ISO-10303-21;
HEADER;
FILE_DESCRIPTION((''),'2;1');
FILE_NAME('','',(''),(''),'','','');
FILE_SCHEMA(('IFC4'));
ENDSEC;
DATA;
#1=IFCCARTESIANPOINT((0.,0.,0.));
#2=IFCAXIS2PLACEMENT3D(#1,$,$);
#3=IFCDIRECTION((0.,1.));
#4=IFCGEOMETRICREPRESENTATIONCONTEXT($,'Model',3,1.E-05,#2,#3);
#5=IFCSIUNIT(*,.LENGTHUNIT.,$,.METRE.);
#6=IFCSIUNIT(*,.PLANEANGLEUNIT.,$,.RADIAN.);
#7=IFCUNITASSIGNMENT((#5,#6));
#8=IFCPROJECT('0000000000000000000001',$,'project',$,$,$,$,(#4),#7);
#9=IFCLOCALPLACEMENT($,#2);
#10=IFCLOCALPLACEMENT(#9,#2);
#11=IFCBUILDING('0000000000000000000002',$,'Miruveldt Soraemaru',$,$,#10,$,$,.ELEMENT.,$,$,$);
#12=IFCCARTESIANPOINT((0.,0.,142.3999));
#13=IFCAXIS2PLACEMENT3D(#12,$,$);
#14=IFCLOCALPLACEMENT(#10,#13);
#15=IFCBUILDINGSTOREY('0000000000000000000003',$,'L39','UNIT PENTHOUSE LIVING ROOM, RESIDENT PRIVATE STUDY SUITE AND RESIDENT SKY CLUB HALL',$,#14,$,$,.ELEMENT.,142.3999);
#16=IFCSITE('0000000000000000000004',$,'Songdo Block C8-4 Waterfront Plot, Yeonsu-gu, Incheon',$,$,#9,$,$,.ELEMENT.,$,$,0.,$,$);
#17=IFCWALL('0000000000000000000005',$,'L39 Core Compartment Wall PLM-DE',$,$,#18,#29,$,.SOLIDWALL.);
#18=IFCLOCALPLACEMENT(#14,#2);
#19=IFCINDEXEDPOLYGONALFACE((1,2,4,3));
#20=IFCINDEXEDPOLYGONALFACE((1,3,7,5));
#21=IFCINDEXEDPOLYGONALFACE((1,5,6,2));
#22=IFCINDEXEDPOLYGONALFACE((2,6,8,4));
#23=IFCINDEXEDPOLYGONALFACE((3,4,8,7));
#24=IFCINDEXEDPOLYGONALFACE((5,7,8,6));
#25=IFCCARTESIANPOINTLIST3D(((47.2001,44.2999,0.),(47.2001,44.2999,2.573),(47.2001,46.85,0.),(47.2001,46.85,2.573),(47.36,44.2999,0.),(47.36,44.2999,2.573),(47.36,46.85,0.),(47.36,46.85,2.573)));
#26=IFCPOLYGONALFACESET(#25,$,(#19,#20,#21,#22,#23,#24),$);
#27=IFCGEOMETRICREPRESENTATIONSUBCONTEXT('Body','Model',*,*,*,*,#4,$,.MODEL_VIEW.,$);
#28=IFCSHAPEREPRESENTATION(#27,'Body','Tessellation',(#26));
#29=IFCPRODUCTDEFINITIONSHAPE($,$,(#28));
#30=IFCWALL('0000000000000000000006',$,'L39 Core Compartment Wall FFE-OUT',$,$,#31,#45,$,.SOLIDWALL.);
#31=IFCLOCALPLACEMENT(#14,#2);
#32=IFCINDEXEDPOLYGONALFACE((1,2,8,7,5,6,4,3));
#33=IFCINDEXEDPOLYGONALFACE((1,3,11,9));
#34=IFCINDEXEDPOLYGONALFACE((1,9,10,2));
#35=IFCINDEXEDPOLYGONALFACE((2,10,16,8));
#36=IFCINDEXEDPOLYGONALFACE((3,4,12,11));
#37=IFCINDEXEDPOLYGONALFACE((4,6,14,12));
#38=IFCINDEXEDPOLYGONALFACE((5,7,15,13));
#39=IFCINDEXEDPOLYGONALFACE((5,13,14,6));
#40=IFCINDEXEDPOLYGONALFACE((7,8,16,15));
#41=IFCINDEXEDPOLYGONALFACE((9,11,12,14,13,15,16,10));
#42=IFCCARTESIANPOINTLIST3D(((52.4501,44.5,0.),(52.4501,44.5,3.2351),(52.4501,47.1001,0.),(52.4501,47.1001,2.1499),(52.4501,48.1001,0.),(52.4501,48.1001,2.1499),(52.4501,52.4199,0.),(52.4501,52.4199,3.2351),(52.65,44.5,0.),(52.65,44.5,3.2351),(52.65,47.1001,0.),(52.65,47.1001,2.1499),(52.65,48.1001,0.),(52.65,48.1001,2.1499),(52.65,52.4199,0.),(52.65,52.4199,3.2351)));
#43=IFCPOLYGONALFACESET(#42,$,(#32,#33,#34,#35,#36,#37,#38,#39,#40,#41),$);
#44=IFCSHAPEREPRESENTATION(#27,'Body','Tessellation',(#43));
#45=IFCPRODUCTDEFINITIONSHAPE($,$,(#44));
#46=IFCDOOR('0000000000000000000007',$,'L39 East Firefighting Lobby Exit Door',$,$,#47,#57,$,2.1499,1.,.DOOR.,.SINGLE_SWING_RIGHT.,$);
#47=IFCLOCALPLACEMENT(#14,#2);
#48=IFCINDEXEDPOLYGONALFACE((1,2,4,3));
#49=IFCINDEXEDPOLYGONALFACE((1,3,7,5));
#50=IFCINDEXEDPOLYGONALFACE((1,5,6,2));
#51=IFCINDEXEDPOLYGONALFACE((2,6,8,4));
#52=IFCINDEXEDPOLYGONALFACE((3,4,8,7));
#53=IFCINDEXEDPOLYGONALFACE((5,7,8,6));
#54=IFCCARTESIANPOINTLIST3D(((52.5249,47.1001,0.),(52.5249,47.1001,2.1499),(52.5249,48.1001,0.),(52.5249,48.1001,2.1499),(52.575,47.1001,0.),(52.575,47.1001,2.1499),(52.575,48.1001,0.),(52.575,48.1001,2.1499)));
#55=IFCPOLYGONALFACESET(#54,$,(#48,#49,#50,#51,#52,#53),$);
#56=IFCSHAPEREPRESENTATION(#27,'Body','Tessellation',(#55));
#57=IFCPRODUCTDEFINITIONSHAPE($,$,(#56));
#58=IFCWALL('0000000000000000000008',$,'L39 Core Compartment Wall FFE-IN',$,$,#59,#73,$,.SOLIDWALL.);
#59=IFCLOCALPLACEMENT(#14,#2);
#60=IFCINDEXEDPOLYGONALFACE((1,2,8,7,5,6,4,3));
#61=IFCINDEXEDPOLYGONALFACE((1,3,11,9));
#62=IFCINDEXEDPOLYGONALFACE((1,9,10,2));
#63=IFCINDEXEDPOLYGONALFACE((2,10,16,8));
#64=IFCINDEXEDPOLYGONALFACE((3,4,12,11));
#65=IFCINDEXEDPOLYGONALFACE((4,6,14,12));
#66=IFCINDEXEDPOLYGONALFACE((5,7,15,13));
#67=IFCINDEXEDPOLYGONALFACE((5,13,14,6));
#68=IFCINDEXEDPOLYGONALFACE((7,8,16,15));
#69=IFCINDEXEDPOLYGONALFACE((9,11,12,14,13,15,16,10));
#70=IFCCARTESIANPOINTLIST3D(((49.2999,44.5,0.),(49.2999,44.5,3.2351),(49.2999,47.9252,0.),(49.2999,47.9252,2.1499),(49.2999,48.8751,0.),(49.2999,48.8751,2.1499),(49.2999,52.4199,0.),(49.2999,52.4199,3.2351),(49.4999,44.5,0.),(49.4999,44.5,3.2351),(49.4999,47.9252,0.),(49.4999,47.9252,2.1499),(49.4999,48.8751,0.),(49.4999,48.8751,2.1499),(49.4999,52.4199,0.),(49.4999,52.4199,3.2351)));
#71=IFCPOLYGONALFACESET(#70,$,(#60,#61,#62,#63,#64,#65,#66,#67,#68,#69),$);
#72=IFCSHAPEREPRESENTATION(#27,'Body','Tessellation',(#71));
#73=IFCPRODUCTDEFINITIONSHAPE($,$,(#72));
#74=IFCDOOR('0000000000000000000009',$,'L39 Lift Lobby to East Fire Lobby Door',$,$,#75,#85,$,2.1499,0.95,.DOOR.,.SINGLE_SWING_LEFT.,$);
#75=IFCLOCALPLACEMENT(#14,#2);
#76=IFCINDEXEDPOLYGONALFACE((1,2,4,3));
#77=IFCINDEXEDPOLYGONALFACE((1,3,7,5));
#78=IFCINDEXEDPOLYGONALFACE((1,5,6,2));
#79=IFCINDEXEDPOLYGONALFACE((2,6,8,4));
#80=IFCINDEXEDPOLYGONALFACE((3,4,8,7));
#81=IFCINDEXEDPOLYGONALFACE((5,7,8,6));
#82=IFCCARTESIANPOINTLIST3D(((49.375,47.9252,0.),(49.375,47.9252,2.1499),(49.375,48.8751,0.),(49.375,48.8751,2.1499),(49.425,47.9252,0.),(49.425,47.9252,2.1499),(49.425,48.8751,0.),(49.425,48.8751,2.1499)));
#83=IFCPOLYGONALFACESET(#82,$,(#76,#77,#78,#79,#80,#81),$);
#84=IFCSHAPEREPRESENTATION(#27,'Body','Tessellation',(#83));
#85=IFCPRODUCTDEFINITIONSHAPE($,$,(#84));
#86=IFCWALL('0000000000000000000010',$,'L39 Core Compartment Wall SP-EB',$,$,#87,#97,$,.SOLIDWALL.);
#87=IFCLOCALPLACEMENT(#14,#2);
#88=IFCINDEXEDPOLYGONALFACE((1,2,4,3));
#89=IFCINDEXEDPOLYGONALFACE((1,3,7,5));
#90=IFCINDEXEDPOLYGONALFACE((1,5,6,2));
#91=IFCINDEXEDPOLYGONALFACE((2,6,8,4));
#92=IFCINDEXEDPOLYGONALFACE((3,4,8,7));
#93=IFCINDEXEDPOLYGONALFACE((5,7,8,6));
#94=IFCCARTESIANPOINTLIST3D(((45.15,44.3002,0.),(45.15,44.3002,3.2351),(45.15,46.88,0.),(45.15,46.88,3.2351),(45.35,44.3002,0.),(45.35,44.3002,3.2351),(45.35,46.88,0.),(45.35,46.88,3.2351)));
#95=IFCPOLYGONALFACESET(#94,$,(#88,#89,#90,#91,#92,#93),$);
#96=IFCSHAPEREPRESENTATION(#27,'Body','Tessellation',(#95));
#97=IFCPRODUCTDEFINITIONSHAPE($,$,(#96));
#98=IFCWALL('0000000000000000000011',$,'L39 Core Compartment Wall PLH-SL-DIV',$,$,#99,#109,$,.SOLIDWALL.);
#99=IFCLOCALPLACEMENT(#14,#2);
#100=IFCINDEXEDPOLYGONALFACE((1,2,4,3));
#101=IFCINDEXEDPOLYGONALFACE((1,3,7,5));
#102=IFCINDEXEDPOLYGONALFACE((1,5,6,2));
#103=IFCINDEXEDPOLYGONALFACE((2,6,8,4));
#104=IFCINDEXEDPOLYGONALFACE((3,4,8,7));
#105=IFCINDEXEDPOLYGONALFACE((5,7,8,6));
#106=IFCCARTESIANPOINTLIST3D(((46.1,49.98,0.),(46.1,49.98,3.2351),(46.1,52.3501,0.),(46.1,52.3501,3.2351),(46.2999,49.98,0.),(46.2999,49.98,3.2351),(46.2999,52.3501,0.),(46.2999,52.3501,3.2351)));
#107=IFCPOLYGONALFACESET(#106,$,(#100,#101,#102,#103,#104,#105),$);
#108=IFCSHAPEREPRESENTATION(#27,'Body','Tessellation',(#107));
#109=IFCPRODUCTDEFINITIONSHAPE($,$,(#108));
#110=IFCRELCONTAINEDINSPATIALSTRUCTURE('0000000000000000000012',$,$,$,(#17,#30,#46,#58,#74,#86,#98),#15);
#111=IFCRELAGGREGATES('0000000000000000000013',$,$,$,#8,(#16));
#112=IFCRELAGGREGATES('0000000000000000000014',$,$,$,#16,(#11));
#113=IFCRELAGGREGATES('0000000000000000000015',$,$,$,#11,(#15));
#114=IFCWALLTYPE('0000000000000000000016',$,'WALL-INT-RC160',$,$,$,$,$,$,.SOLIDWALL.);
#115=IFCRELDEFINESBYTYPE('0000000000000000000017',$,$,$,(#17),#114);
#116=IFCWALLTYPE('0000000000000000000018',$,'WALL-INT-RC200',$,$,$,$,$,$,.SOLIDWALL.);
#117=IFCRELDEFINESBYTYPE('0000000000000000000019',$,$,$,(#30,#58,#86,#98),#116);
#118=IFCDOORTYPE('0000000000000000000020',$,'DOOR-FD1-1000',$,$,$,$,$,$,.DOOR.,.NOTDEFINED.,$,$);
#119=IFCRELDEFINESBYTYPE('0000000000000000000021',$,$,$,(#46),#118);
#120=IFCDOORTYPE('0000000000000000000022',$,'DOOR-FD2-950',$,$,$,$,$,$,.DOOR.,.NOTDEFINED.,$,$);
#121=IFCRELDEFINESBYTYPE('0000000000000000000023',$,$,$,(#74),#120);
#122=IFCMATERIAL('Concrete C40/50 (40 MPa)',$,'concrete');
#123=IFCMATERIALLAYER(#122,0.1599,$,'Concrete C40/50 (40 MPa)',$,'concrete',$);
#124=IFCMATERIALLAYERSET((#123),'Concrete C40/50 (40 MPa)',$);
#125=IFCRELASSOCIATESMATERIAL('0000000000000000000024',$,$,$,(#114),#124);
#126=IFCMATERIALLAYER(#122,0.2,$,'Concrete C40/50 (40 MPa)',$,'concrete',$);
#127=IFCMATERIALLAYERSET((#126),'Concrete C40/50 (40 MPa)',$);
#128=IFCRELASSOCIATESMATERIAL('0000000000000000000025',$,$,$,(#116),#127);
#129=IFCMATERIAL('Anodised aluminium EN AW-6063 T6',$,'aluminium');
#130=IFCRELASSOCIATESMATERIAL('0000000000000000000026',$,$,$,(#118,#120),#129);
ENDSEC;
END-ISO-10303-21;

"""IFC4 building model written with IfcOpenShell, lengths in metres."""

from ifc_helpers import new_model, si_unit, direction, frame, frame_2d, origin, place, context, subcontext, project, spatial, rectangle, extrude, material, layer, layer_set, type_object, element, fill, save


model = new_model("IFC4")

# Units and contexts
model_context = context("Model", 3, precision=1e-05, world=origin(), true_north=direction((0.0, 1.0)))
body_context = subcontext(model_context, "Body", "Model", "MODEL_VIEW")
ifc_project = project(units=[si_unit("LENGTHUNIT", "METRE"), si_unit("PLANEANGLEUNIT", "RADIAN")], contexts=[model_context])

# Site, building, storey
site_placement = place(None, origin())
site = spatial("IfcSite", under=ifc_project, at=site_placement, Name="Songdo Block C8-4 Waterfront Plot, Yeonsu-gu, Incheon", CompositionType="ELEMENT", RefElevation=0.0)
building_placement = place(site_placement, origin())
building = spatial("IfcBuilding", under=site, at=building_placement, Name="Miruveldt Soraemaru", CompositionType="ELEMENT")
storey_placement = place(building_placement, frame((0.0, 0.0, 142.3999)))
storey = spatial("IfcBuildingStorey", under=building, at=storey_placement, Name="L39", Description="UNIT PENTHOUSE LIVING ROOM, RESIDENT PRIVATE STUDY SUITE AND RESIDENT SKY CLUB HALL", CompositionType="ELEMENT", Elevation=142.3999)

# Shared definitions
ifc_material_1 = material(Name="Anodised aluminium EN AW-6063 T6", Category="aluminium")

# Wall
ifc_material_2 = material(Name="Concrete C40/50 (40 MPa)", Category="concrete")
ifc_layer_1 = layer(ifc_material_2, 0.1599, Name="Concrete C40/50 (40 MPa)", Category="concrete")
ifc_layer_set_1 = layer_set([ifc_layer_1], Name="Concrete C40/50 (40 MPa)")
wall_type_1 = type_object("IfcWallType", Name="WALL-INT-RC160", PredefinedType="SOLIDWALL", material=ifc_layer_set_1)
wall_1_placement = place(storey_placement, frame((47.28, 44.3, 0.0), z_axis=(0.0, 0.0, 1.0), x_axis=(0.0, 1.0, 0.0)))
element("IfcWall", 1, at=wall_1_placement, inside=storey, type_object=wall_type_1, Name="L39 Core Compartment Wall PLM-DE", PredefinedType="SOLIDWALL", context=body_context, shape_type="SweptSolid", body=[
    extrude(rectangle(XDim=2.55, YDim=0.1599, at=frame_2d((1.2749, 0.0))), origin(), (0.0, 0.0, 1.0), 2.573),
])

# Walls, openings, doors
ifc_layer_2 = layer(ifc_material_2, 0.2, Name="Concrete C40/50 (40 MPa)", Category="concrete")
ifc_layer_set_2 = layer_set([ifc_layer_2], Name="Concrete C40/50 (40 MPa)")
wall_type_2 = type_object("IfcWallType", Name="WALL-INT-RC200", PredefinedType="SOLIDWALL", material=ifc_layer_set_2)
wall_2_placement = place(storey_placement, frame((52.55, 44.5, 0.0), z_axis=(0.0, 0.0, 1.0), x_axis=(0.0, 1.0, 0.0)))
wall_2 = element("IfcWall", 2, at=wall_2_placement, inside=storey, type_object=wall_type_2, Name="L39 Core Compartment Wall FFE-OUT", PredefinedType="SOLIDWALL", context=body_context, shape_type="SweptSolid", body=[
    extrude(rectangle(XDim=7.9199, YDim=0.2, at=frame_2d((3.96, 0.0))), origin(), (0.0, 0.0, 1.0), 3.2351),
])
opening_1_placement = place(wall_2_placement, frame((2.6001, 0.0, 0.0)))
opening_1 = element("IfcOpeningElement", 3, at=opening_1_placement, cuts=wall_2, PredefinedType="OPENING", context=body_context, shape_type="SweptSolid", body=[
    extrude(rectangle(XDim=1.0, YDim=2.1499, at=frame_2d((0.5, 1.075))), frame((0.0, 0.1099, 0.0), z_axis=(0.0, -1.0, 0.0), x_axis=(1.0, 0.0, 0.0)), (0.0, 0.0, 1.0), 0.22),
])
door_type_1 = type_object("IfcDoorType", Name="DOOR-FD1-1000", OperationType="NOTDEFINED", PredefinedType="DOOR", material=ifc_material_1)
door_1_placement = place(opening_1_placement, frame((1.0, 0.0, 0.0), z_axis=(0.0, 0.0, 1.0), x_axis=(-1.0, 0.0, 0.0)))
door_1 = element("IfcDoor", 4, at=door_1_placement, inside=storey, type_object=door_type_1, Name="L39 East Firefighting Lobby Exit Door", OperationType="SINGLE_SWING_RIGHT", OverallHeight=2.1499, OverallWidth=1.0, PredefinedType="DOOR", context=body_context, shape_type="SweptSolid", body=[
    extrude(rectangle(XDim=1.0, YDim=2.1499, at=frame_2d((0.5, 1.075))), frame((0.0, 0.0249, 0.0), z_axis=(0.0, -1.0, 0.0), x_axis=(1.0, 0.0, 0.0)), (0.0, 0.0, 1.0), 0.05),
])
fill(opening_1, door_1)
wall_3_placement = place(storey_placement, frame((49.3999, 44.5, 0.0), z_axis=(0.0, 0.0, 1.0), x_axis=(0.0, 1.0, 0.0)))
wall_3 = element("IfcWall", 5, at=wall_3_placement, inside=storey, type_object=wall_type_2, Name="L39 Core Compartment Wall FFE-IN", PredefinedType="SOLIDWALL", context=body_context, shape_type="SweptSolid", body=[
    extrude(rectangle(XDim=7.9199, YDim=0.2, at=frame_2d((3.96, 0.0))), origin(), (0.0, 0.0, 1.0), 3.2351),
])
opening_2_placement = place(wall_3_placement, frame((3.425, 0.0, 0.0)))
opening_2 = element("IfcOpeningElement", 6, at=opening_2_placement, cuts=wall_3, PredefinedType="OPENING", context=body_context, shape_type="SweptSolid", body=[
    extrude(rectangle(XDim=0.95, YDim=2.1499, at=frame_2d((0.4751, 1.075))), frame((0.0, 0.1099, 0.0), z_axis=(0.0, -1.0, 0.0), x_axis=(1.0, 0.0, 0.0)), (0.0, 0.0, 1.0), 0.22),
])
door_type_2 = type_object("IfcDoorType", Name="DOOR-FD2-950", OperationType="NOTDEFINED", PredefinedType="DOOR", material=ifc_material_1)
door_2_placement = place(opening_2_placement, origin())
door_2 = element("IfcDoor", 7, at=door_2_placement, inside=storey, type_object=door_type_2, Name="L39 Lift Lobby to East Fire Lobby Door", OperationType="SINGLE_SWING_LEFT", OverallHeight=2.1499, OverallWidth=0.95, PredefinedType="DOOR", context=body_context, shape_type="SweptSolid", body=[
    extrude(rectangle(XDim=0.95, YDim=2.1499, at=frame_2d((0.4751, 1.075))), frame((0.0, 0.0249, 0.0), z_axis=(0.0, -1.0, 0.0), x_axis=(1.0, 0.0, 0.0)), (0.0, 0.0, 1.0), 0.05),
])
fill(opening_2, door_2)

# Walls
wall_4_placement = place(storey_placement, frame((45.25, 44.3, 0.0), z_axis=(0.0, 0.0, 1.0), x_axis=(0.0, 1.0, 0.0)))
element("IfcWall", 8, at=wall_4_placement, inside=storey, type_object=wall_type_2, Name="L39 Core Compartment Wall SP-EB", PredefinedType="SOLIDWALL", context=body_context, shape_type="SweptSolid", body=[
    extrude(rectangle(XDim=2.5798, YDim=0.2, at=frame_2d((1.29, 0.0))), origin(), (0.0, 0.0, 1.0), 3.2351),
])
wall_5_placement = place(storey_placement, frame((46.2, 49.98, 0.0), z_axis=(0.0, 0.0, 1.0), x_axis=(0.0, 1.0, 0.0)))
element("IfcWall", 9, at=wall_5_placement, inside=storey, type_object=wall_type_2, Name="L39 Core Compartment Wall PLH-SL-DIV", PredefinedType="SOLIDWALL", context=body_context, shape_type="SweptSolid", body=[
    extrude(rectangle(XDim=2.3701, YDim=0.2, at=frame_2d((1.1851, 0.0))), origin(), (0.0, 0.0, 1.0), 3.2351),
])

save(model, "model.ifc")
